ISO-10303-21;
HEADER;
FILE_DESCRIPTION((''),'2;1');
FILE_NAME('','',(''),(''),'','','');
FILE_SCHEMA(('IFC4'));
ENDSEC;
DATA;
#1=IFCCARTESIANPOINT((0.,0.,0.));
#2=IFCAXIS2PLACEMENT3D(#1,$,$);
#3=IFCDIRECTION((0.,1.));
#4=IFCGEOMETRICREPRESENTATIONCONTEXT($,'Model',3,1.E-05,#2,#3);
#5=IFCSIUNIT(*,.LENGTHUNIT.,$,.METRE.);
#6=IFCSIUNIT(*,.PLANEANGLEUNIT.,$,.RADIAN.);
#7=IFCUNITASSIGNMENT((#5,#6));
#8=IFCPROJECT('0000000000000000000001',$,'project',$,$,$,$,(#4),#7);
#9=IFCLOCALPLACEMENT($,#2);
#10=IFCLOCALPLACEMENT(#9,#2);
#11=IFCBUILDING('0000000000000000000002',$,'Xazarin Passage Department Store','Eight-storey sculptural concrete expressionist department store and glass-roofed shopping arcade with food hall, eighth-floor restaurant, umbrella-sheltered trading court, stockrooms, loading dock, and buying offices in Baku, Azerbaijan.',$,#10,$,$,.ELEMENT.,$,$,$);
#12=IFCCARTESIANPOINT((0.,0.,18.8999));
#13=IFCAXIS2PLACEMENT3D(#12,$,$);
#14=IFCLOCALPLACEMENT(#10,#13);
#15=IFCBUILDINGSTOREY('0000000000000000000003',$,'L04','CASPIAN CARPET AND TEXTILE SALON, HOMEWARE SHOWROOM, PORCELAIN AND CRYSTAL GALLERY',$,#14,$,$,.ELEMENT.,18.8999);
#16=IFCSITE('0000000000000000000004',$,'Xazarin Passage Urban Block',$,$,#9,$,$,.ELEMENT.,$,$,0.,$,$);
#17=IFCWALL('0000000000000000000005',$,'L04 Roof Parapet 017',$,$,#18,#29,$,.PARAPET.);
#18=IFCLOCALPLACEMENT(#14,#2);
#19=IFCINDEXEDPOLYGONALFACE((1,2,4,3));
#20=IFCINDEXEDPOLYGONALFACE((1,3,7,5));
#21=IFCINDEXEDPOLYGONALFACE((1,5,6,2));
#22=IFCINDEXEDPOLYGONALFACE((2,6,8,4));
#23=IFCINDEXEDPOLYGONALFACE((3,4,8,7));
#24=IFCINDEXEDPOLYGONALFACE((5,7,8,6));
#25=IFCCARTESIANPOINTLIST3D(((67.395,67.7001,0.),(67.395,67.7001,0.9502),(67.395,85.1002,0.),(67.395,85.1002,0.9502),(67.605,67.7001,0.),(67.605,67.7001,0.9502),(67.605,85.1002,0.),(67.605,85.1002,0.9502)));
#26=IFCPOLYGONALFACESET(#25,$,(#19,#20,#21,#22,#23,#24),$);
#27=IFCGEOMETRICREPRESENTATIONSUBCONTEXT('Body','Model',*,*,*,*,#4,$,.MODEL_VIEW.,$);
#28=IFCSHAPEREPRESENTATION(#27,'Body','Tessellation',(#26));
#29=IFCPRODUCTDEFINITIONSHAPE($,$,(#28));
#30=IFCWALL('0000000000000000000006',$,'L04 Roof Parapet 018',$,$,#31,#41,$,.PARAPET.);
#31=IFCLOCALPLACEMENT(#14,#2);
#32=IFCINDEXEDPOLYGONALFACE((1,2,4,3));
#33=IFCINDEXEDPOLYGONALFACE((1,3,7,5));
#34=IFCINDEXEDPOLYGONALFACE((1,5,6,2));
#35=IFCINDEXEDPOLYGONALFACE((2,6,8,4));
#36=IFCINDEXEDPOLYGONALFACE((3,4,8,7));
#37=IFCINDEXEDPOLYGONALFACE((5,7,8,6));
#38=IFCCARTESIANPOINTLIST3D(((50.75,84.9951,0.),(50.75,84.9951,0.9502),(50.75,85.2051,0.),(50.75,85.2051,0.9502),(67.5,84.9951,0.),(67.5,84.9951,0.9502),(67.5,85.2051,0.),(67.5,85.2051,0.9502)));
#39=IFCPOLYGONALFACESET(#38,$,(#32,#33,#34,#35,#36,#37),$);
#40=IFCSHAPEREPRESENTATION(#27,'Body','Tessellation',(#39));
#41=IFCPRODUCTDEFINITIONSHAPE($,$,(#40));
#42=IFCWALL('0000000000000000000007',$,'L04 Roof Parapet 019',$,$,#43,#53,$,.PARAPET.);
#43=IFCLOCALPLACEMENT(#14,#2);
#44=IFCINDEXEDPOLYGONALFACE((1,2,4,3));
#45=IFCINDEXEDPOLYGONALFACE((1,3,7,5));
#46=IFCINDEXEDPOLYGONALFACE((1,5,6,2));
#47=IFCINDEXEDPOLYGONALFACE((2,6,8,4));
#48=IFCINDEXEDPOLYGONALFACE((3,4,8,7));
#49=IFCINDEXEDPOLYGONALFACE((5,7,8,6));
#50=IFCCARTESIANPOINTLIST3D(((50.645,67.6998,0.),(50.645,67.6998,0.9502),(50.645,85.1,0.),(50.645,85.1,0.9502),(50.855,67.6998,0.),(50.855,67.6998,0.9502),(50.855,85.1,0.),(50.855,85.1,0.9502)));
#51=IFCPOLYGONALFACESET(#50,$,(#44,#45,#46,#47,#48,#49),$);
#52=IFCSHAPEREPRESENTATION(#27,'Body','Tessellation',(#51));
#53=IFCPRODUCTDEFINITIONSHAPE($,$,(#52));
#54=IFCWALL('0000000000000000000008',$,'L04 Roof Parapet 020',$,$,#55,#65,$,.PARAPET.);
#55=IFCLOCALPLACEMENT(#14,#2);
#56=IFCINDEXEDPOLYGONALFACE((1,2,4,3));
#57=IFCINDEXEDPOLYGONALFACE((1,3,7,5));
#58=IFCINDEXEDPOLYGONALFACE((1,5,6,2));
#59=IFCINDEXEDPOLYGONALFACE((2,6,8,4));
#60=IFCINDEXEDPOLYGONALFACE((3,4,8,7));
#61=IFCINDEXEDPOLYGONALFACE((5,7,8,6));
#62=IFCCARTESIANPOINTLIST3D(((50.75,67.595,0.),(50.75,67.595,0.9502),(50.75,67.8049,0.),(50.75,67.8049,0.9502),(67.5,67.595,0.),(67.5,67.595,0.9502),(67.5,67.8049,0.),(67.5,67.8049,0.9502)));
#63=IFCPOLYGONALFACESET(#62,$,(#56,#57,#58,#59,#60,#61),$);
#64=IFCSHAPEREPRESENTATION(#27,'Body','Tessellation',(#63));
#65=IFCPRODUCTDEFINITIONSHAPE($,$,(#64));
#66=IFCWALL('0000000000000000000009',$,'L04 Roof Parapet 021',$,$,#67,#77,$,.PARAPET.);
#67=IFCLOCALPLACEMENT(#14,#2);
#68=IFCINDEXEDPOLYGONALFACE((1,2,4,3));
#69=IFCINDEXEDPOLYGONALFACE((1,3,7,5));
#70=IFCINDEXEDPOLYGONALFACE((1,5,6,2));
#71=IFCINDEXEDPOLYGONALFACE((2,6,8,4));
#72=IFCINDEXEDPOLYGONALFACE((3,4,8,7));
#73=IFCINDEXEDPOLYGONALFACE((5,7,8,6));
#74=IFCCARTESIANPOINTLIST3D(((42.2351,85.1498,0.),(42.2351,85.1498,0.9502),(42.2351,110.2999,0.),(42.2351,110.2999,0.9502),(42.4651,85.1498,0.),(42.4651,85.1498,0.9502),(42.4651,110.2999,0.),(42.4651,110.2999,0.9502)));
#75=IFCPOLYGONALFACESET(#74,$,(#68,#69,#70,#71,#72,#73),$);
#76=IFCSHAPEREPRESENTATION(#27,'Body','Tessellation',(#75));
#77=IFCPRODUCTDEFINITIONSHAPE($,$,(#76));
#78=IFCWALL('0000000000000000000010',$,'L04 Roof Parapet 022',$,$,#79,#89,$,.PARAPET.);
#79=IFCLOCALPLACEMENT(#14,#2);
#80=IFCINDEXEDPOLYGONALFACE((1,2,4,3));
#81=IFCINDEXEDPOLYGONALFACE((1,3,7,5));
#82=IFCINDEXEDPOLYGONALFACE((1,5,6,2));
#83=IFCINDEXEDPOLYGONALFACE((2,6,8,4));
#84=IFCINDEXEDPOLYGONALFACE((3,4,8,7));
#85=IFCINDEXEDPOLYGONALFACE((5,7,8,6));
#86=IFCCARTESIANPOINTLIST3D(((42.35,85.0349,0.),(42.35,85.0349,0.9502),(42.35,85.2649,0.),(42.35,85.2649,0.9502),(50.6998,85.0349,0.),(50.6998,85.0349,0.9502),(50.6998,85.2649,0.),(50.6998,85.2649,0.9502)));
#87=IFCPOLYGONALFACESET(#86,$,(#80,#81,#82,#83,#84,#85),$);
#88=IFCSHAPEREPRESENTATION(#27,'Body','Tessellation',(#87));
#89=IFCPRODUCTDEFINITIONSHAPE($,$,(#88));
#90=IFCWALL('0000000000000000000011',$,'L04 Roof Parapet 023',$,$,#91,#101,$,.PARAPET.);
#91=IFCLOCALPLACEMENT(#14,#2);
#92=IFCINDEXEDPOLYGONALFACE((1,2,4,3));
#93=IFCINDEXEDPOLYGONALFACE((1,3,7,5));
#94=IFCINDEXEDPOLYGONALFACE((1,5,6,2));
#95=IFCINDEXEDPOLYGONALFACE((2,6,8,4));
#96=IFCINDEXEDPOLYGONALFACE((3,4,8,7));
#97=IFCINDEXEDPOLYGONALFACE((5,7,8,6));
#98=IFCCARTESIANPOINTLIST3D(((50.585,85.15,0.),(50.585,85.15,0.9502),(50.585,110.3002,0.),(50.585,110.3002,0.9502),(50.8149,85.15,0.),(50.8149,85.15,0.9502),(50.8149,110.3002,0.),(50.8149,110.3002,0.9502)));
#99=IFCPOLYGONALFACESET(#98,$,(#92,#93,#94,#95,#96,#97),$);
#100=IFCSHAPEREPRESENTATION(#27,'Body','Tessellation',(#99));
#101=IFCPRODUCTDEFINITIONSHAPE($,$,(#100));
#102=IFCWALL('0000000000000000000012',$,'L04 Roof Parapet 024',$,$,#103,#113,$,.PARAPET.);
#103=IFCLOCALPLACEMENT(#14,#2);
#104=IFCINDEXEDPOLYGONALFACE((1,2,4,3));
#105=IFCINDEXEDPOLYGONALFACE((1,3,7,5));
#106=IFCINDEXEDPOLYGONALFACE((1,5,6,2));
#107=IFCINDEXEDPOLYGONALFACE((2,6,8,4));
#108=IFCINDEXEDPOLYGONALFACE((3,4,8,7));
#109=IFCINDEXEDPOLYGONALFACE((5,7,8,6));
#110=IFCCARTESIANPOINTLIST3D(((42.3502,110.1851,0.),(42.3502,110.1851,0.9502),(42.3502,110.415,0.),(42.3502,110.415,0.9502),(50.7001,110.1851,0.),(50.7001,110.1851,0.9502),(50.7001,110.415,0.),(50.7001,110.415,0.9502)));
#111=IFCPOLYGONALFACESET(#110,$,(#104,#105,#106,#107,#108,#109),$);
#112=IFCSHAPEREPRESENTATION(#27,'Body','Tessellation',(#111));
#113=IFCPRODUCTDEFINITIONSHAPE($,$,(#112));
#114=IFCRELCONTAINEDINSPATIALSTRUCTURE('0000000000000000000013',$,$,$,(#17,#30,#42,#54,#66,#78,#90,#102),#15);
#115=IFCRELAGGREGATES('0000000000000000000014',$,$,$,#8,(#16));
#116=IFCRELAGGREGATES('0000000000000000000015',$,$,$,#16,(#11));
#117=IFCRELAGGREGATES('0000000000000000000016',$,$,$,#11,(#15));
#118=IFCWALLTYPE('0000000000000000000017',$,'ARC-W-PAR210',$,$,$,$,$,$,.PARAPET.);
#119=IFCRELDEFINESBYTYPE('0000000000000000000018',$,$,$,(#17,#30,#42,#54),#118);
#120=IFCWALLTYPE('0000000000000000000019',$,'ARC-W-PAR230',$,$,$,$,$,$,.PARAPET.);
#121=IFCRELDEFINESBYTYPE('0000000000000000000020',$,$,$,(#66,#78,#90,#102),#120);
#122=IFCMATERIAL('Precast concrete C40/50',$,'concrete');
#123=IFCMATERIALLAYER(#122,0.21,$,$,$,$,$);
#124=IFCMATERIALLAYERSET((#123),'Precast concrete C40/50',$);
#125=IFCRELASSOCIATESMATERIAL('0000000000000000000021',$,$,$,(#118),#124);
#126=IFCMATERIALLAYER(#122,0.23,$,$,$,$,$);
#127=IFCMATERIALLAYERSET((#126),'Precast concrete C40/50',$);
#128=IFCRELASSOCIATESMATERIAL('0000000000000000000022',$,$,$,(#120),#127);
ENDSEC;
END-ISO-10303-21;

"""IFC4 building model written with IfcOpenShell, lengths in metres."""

from ifc_helpers import new_model, si_unit, direction, frame, frame_2d, origin, place, context, subcontext, project, spatial, rectangle, extrude, material, layer, layer_set, type_object, element, save


model = new_model("IFC4")

# Units and contexts
model_context = context("Model", 3, precision=1e-05, world=origin(), true_north=direction((0.0, 1.0)))
body_context = subcontext(model_context, "Body", "Model", "MODEL_VIEW")
ifc_project = project(units=[si_unit("LENGTHUNIT", "METRE"), si_unit("PLANEANGLEUNIT", "RADIAN")], contexts=[model_context])

# Site, building, storey
site_placement = place(None, origin())
site = spatial("IfcSite", under=ifc_project, at=site_placement, Name="Xazarin Passage Urban Block", CompositionType="ELEMENT", RefElevation=0.0)
building_placement = place(site_placement, origin())
building = spatial("IfcBuilding", under=site, at=building_placement, Name="Xazarin Passage Department Store", Description="Eight-storey sculptural concrete expressionist department store and glass-roofed shopping arcade with food hall, eighth-floor restaurant, umbrella-sheltered trading court, stockrooms, loading dock, and buying offices in Baku, Azerbaijan.", CompositionType="ELEMENT")
storey_placement = place(building_placement, frame((0.0, 0.0, 18.8999)))
storey = spatial("IfcBuildingStorey", under=building, at=storey_placement, Name="L04", Description="CASPIAN CARPET AND TEXTILE SALON, HOMEWARE SHOWROOM, PORCELAIN AND CRYSTAL GALLERY", CompositionType="ELEMENT", Elevation=18.8999)

# Walls
ifc_material_1 = material(Name="Precast concrete C40/50", Category="concrete")
ifc_layer_1 = layer(ifc_material_1, 0.21)
ifc_layer_set_1 = layer_set([ifc_layer_1], Name="Precast concrete C40/50")
wall_type_1 = type_object("IfcWallType", Name="ARC-W-PAR210", PredefinedType="PARAPET", material=ifc_layer_set_1)
wall_1_placement = place(storey_placement, frame((67.5, 67.7, 0.0), z_axis=(0.0, 0.0, 1.0), x_axis=(0.0, 1.0, 0.0)))
element("IfcWall", 1, at=wall_1_placement, inside=storey, type_object=wall_type_1, Name="L04 Roof Parapet 017", PredefinedType="PARAPET", context=body_context, shape_type="SweptSolid", body=[
    extrude(rectangle(XDim=17.4001, YDim=0.21, at=frame_2d((8.7002, 0.0))), origin(), (0.0, 0.0, 1.0), 0.9502),
])
wall_2_placement = place(storey_placement, frame((67.5, 85.1001, 0.0), z_axis=(0.0, 0.0, 1.0), x_axis=(-1.0, 0.0, 0.0)))
element("IfcWall", 2, at=wall_2_placement, inside=storey, type_object=wall_type_1, Name="L04 Roof Parapet 018", PredefinedType="PARAPET", context=body_context, shape_type="SweptSolid", body=[
    extrude(rectangle(XDim=16.75, YDim=0.21, at=frame_2d((8.375, 0.0))), origin(), (0.0, 0.0, 1.0), 0.9502),
])
wall_3_placement = place(storey_placement, frame((50.75, 85.1001, 0.0), z_axis=(0.0, 0.0, 1.0), x_axis=(0.0, -1.0, 0.0)))
element("IfcWall", 3, at=wall_3_placement, inside=storey, type_object=wall_type_1, Name="L04 Roof Parapet 019", PredefinedType="PARAPET", context=body_context, shape_type="SweptSolid", body=[
    extrude(rectangle(XDim=17.4001, YDim=0.21, at=frame_2d((8.7002, 0.0))), origin(), (0.0, 0.0, 1.0), 0.9502),
])
wall_4_placement = place(storey_placement, frame((50.75, 67.7, 0.0), z_axis=(0.0, 0.0, 1.0), x_axis=(1.0, 0.0, 0.0)))
element("IfcWall", 4, at=wall_4_placement, inside=storey, type_object=wall_type_1, Name="L04 Roof Parapet 020", PredefinedType="PARAPET", context=body_context, shape_type="SweptSolid", body=[
    extrude(rectangle(XDim=16.75, YDim=0.21, at=frame_2d((8.375, 0.0))), origin(), (0.0, 0.0, 1.0), 0.9502),
])
ifc_layer_2 = layer(ifc_material_1, 0.23)
ifc_layer_set_2 = layer_set([ifc_layer_2], Name="Precast concrete C40/50")
wall_type_2 = type_object("IfcWallType", Name="ARC-W-PAR230", PredefinedType="PARAPET", material=ifc_layer_set_2)
wall_5_placement = place(storey_placement, frame((42.3501, 110.3, 0.0), z_axis=(0.0, 0.0, 1.0), x_axis=(0.0, -1.0, 0.0)))
element("IfcWall", 5, at=wall_5_placement, inside=storey, type_object=wall_type_2, Name="L04 Roof Parapet 021", PredefinedType="PARAPET", context=body_context, shape_type="SweptSolid", body=[
    extrude(rectangle(XDim=25.1501, YDim=0.23, at=frame_2d((12.5752, 0.0))), origin(), (0.0, 0.0, 1.0), 0.9502),
])
wall_6_placement = place(storey_placement, frame((42.3501, 85.1499, 0.0), z_axis=(0.0, 0.0, 1.0), x_axis=(1.0, 0.0, 0.0)))
element("IfcWall", 6, at=wall_6_placement, inside=storey, type_object=wall_type_2, Name="L04 Roof Parapet 022", PredefinedType="PARAPET", context=body_context, shape_type="SweptSolid", body=[
    extrude(rectangle(XDim=8.3499, YDim=0.23, at=frame_2d((4.1748, 0.0))), origin(), (0.0, 0.0, 1.0), 0.9502),
])
wall_7_placement = place(storey_placement, frame((50.7, 85.1499, 0.0), z_axis=(0.0, 0.0, 1.0), x_axis=(0.0, 1.0, 0.0)))
element("IfcWall", 7, at=wall_7_placement, inside=storey, type_object=wall_type_2, Name="L04 Roof Parapet 023", PredefinedType="PARAPET", context=body_context, shape_type="SweptSolid", body=[
    extrude(rectangle(XDim=25.1501, YDim=0.23, at=frame_2d((12.5752, 0.0))), origin(), (0.0, 0.0, 1.0), 0.9502),
])
wall_8_placement = place(storey_placement, frame((50.7, 110.3, 0.0), z_axis=(0.0, 0.0, 1.0), x_axis=(-1.0, 0.0, 0.0)))
element("IfcWall", 8, at=wall_8_placement, inside=storey, type_object=wall_type_2, Name="L04 Roof Parapet 024", PredefinedType="PARAPET", context=body_context, shape_type="SweptSolid", body=[
    extrude(rectangle(XDim=8.3499, YDim=0.23, at=frame_2d((4.1748, 0.0))), origin(), (0.0, 0.0, 1.0), 0.9502),
])

save(model, "model.ifc")
